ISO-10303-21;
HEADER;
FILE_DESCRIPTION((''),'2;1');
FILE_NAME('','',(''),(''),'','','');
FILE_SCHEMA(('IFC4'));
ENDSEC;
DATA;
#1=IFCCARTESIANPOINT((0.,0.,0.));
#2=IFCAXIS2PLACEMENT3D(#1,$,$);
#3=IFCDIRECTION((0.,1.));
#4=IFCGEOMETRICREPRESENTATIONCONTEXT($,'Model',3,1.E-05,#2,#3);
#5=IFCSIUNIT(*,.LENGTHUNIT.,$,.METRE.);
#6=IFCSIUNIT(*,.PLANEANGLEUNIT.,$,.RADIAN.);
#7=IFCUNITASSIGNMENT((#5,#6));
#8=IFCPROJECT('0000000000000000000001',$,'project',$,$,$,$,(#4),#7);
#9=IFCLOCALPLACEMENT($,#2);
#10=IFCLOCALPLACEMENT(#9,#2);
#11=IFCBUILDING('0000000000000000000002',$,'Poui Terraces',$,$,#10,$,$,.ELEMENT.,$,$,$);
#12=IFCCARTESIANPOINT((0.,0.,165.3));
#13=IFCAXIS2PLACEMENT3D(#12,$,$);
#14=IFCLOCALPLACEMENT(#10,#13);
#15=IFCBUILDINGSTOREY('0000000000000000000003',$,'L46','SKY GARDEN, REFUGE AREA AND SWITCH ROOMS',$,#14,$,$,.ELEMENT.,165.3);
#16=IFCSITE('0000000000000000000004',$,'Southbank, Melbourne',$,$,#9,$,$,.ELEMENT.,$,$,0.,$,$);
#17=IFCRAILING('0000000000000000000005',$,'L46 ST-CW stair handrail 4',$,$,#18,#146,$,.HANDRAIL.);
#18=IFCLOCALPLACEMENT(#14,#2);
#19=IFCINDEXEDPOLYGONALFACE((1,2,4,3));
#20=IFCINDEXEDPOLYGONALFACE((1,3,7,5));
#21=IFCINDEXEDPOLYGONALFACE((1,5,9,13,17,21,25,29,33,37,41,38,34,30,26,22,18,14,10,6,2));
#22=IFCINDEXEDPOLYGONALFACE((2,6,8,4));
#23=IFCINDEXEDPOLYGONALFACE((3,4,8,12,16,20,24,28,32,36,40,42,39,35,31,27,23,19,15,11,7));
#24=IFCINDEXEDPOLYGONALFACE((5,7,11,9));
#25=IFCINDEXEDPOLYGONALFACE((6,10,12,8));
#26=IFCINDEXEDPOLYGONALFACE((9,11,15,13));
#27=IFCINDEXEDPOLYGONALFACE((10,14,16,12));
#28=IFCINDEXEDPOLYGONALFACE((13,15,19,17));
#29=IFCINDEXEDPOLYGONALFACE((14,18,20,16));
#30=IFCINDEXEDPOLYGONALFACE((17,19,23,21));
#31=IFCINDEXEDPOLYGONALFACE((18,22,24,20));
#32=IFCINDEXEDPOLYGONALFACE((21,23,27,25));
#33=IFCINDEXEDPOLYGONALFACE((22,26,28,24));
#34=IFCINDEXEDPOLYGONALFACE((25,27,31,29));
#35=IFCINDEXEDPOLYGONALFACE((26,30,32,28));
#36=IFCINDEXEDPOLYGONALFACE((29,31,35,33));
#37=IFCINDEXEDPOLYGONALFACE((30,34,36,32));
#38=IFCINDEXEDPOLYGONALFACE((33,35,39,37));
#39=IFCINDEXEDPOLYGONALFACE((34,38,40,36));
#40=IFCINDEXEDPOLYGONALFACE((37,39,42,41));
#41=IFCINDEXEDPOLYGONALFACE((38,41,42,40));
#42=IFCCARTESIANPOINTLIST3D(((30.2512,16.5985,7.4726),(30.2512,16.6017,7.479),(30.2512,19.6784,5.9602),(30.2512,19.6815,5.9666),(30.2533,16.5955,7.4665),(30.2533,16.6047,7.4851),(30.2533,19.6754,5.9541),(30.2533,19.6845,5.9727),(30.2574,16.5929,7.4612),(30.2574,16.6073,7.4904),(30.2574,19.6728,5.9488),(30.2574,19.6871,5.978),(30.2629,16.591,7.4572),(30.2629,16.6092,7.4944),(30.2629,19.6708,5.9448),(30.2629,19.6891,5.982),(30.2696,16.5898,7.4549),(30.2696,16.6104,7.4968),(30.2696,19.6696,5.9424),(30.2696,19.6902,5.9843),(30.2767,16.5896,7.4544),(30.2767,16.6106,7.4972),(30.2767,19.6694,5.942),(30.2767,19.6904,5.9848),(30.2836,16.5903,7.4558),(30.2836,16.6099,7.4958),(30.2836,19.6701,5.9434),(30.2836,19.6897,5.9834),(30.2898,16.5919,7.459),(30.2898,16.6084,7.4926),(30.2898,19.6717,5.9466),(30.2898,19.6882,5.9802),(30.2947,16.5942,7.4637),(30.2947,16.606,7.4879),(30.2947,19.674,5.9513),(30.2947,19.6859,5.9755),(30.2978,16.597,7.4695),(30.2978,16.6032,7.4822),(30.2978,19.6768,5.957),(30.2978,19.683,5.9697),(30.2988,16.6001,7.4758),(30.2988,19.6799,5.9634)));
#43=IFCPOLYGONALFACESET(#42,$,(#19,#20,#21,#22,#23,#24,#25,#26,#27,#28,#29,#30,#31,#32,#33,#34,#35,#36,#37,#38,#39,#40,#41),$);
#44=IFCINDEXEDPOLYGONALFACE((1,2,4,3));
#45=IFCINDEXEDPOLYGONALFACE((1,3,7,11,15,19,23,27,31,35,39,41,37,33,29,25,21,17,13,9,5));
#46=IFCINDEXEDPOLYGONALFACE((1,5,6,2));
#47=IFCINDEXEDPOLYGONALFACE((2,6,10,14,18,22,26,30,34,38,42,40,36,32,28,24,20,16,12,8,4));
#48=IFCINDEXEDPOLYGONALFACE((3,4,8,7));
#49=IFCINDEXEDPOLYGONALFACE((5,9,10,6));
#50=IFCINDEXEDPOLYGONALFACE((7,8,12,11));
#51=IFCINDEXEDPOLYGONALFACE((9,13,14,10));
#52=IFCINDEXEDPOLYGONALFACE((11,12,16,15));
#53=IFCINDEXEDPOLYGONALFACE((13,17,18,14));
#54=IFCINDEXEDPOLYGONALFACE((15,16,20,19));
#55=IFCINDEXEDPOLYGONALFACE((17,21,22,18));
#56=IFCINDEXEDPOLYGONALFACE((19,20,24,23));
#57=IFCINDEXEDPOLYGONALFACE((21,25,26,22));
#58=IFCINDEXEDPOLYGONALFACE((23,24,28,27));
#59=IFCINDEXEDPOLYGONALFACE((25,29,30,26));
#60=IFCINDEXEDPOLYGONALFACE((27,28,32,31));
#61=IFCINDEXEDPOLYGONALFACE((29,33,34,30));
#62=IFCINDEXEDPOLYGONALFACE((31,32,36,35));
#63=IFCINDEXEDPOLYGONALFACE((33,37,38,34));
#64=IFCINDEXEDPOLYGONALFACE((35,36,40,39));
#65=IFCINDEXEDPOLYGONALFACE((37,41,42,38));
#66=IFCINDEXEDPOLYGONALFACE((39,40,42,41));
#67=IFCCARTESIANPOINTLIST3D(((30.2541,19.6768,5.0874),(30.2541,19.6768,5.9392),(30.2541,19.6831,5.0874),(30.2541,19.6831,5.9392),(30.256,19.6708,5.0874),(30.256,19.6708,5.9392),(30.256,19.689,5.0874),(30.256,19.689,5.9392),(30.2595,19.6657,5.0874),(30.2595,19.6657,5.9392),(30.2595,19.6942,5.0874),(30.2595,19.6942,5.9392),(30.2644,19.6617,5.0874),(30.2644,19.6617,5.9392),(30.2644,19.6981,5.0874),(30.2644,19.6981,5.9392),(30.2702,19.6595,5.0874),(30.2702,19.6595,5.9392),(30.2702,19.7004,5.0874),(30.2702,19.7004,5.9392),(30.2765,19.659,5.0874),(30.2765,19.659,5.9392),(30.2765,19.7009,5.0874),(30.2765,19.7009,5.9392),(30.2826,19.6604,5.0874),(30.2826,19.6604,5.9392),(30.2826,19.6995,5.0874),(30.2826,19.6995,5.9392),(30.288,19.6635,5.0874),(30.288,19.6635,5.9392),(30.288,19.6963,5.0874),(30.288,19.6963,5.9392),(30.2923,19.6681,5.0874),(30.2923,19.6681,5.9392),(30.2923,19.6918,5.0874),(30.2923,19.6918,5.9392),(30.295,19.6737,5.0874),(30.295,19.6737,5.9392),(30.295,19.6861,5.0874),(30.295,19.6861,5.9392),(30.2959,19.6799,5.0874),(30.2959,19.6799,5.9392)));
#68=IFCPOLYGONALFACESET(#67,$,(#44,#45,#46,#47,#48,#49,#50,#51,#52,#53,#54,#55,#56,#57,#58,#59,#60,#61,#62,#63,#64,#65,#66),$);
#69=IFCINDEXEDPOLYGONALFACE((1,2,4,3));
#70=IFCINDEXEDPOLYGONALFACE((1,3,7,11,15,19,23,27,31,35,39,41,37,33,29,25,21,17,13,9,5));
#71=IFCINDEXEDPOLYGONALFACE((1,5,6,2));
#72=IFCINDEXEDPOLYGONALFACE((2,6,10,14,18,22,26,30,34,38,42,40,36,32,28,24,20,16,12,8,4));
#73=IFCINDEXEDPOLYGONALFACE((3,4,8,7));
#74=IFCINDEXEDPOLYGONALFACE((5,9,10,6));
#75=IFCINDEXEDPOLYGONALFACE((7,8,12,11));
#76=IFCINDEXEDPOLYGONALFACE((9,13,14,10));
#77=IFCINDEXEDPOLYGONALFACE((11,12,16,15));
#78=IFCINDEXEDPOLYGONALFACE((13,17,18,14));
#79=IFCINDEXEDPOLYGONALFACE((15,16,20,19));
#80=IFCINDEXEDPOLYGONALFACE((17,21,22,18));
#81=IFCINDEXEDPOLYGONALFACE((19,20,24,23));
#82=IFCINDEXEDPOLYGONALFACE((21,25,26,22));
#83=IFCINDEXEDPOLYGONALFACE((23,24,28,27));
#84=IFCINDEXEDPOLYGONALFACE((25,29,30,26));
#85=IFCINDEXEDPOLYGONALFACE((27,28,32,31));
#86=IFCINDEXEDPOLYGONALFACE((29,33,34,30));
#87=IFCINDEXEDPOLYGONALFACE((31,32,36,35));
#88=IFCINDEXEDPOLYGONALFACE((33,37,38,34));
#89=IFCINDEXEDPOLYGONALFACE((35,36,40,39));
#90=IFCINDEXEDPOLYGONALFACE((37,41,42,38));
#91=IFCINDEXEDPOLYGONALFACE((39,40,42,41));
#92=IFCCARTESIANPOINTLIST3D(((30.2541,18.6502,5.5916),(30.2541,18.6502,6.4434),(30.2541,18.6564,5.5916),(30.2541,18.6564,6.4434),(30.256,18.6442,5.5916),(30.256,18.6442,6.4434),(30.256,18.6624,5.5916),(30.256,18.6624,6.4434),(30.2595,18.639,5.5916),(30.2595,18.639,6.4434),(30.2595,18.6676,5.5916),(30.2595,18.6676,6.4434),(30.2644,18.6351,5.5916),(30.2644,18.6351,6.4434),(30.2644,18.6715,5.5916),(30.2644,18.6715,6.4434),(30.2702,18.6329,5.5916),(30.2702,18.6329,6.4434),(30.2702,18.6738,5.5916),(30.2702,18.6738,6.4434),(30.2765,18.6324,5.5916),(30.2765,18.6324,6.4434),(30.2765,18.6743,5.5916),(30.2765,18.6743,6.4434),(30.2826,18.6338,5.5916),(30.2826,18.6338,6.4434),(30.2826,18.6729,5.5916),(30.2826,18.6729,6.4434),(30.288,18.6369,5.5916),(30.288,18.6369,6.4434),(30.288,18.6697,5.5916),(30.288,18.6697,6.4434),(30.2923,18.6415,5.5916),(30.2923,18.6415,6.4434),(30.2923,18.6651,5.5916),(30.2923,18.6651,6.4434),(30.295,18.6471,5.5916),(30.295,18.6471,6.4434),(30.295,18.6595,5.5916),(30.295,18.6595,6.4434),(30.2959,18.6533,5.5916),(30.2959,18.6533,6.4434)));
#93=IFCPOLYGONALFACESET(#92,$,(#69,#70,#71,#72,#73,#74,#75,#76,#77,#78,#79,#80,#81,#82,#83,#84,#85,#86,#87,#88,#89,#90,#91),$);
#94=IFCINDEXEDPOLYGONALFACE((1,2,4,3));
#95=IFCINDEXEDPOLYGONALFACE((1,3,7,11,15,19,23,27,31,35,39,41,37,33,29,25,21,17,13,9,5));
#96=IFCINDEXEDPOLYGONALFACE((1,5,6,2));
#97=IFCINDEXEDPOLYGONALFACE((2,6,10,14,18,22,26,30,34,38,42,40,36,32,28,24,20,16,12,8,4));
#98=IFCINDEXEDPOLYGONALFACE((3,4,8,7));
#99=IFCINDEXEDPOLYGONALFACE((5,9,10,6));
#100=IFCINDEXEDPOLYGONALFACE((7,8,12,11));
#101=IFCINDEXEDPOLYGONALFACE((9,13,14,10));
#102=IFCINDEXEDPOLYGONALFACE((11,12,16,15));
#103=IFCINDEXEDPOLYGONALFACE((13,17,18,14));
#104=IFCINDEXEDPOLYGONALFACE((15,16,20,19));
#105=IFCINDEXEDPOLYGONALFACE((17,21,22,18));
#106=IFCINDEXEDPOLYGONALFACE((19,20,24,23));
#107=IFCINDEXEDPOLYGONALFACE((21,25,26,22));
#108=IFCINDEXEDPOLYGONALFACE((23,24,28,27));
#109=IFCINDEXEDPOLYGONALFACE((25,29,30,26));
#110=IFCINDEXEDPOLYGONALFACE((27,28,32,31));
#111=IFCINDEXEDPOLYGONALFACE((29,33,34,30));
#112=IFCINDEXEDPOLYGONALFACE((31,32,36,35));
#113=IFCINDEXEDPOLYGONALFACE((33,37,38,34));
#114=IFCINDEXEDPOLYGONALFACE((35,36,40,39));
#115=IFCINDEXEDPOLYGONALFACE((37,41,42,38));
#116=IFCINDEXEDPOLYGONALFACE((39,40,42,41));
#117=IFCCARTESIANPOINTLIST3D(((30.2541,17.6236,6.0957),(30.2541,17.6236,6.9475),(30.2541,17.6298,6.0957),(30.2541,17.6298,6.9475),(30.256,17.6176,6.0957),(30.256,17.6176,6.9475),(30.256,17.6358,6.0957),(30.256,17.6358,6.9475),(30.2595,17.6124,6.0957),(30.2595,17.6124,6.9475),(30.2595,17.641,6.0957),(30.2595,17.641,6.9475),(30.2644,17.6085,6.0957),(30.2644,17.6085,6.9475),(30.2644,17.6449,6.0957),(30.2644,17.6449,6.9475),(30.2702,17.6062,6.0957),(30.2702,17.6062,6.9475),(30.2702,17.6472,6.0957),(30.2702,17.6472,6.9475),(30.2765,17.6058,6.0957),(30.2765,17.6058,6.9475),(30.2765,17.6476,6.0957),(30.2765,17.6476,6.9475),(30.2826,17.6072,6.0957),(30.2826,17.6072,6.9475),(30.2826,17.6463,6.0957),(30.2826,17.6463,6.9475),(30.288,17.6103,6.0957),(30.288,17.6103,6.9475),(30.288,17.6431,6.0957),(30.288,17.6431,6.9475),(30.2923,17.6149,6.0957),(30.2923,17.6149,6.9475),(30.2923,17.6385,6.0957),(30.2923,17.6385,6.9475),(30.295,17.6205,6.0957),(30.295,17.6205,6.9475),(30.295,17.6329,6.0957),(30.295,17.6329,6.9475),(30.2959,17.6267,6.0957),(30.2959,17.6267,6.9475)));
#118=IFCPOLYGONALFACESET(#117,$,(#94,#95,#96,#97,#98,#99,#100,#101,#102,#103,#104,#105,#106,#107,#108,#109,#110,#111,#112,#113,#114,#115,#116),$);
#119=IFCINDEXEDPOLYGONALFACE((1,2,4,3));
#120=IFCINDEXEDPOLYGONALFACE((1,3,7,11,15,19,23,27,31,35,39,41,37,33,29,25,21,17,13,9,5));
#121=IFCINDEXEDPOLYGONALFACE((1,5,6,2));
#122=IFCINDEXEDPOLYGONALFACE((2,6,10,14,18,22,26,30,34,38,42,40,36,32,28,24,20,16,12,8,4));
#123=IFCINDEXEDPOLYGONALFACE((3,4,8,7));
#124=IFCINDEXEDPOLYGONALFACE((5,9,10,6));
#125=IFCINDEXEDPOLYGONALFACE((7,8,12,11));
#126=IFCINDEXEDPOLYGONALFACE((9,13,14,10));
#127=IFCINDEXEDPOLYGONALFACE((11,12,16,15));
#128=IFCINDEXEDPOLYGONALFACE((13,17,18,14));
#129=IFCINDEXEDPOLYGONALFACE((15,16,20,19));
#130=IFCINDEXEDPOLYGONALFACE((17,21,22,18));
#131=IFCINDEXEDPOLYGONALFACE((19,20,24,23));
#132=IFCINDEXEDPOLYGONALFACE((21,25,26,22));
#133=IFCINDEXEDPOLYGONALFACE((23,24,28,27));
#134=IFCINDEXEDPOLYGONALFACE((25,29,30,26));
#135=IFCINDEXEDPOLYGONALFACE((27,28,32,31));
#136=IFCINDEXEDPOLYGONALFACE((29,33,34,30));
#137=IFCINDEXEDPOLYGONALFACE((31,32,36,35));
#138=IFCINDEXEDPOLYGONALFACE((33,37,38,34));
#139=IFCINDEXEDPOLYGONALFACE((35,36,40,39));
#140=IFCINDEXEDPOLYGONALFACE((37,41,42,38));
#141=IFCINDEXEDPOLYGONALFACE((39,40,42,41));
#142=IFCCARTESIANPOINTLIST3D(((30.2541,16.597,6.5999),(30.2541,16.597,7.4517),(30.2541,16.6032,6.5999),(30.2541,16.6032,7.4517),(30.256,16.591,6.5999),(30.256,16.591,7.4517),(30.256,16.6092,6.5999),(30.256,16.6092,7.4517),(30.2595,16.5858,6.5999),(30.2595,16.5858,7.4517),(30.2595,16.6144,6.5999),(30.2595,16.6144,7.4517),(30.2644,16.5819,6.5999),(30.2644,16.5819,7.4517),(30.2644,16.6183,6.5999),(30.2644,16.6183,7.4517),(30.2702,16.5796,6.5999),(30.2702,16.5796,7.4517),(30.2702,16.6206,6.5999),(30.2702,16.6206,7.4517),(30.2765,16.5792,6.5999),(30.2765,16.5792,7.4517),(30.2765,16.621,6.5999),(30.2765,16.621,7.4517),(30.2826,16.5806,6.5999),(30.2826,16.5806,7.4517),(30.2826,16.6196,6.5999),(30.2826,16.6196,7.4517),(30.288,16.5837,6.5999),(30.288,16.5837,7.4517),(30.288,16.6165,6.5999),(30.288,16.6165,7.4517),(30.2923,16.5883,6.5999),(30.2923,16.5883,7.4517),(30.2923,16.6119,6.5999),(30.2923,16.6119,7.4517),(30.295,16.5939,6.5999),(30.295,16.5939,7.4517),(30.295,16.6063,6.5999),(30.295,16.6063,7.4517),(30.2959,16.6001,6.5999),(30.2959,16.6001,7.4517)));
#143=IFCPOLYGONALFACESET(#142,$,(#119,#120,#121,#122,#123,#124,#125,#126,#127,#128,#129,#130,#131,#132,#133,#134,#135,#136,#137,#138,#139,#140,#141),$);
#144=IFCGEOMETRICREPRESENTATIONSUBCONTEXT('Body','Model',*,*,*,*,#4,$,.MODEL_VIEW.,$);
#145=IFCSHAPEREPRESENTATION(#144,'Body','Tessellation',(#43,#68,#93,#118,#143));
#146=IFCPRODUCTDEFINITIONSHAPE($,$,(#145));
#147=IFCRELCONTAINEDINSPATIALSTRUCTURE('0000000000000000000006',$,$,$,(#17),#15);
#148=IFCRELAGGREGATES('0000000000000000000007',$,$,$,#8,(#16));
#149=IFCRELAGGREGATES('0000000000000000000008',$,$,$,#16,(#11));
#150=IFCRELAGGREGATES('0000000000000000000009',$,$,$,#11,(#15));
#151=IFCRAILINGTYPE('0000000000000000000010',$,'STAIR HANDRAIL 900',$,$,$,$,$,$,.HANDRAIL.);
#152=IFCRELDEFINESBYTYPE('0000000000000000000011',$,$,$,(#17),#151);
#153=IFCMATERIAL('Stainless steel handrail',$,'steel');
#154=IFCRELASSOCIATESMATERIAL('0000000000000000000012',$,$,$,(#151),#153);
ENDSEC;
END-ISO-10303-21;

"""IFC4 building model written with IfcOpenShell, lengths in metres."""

from ifc_helpers import new_model, si_unit, direction, frame, origin, origin_2d, place, context, subcontext, project, spatial, circle, extrude, material, type_object, element, save


model = new_model("IFC4")

# Units and contexts
model_context = context("Model", 3, precision=1e-05, world=origin(), true_north=direction((0.0, 1.0)))
body_context = subcontext(model_context, "Body", "Model", "MODEL_VIEW")
ifc_project = project(units=[si_unit("LENGTHUNIT", "METRE"), si_unit("PLANEANGLEUNIT", "RADIAN")], contexts=[model_context])

# Site, building, storey
site_placement = place(None, origin())
site = spatial("IfcSite", under=ifc_project, at=site_placement, Name="Southbank, Melbourne", CompositionType="ELEMENT", RefElevation=0.0)
building_placement = place(site_placement, origin())
building = spatial("IfcBuilding", under=site, at=building_placement, Name="Poui Terraces", CompositionType="ELEMENT")
storey_placement = place(building_placement, frame((0.0, 0.0, 165.3)))
storey = spatial("IfcBuildingStorey", under=building, at=storey_placement, Name="L46", Description="SKY GARDEN, REFUGE AREA AND SWITCH ROOMS", CompositionType="ELEMENT", Elevation=165.3)

# Railing
ifc_material_1 = material(Name="Stainless steel handrail", Category="steel")
railing_type_1 = type_object("IfcRailingType", Name="STAIR HANDRAIL 900", PredefinedType="HANDRAIL", material=ifc_material_1)
railing_1_placement = place(storey_placement, frame((30.2749, 19.6799, 5.0874)))
element("IfcRailing", 1, at=railing_1_placement, inside=storey, type_object=railing_type_1, Name="L46 ST-CW stair handrail 4", PredefinedType="HANDRAIL", context=body_context, shape_type="SweptSolid", body=[
    extrude(circle(Radius=0.0239, at=origin_2d()), frame((0.0, 0.0, 0.876), z_axis=(0.0, -0.897606, 0.440798), x_axis=(1.0, 0.0, 0.0)), (0.0, 0.0, 1.0), 3.4312),
    extrude(circle(Radius=0.021, at=origin_2d()), origin(), (0.0, 0.0, 1.0), 0.8518),
    extrude(circle(Radius=0.021, at=origin_2d()), frame((0.0, -1.0266, 0.5042)), (0.0, 0.0, 1.0), 0.8518),
    extrude(circle(Radius=0.021, at=origin_2d()), frame((0.0, -2.0532, 1.0083)), (0.0, 0.0, 1.0), 0.8518),
    extrude(circle(Radius=0.021, at=origin_2d()), frame((0.0, -3.0798, 1.5125)), (0.0, 0.0, 1.0), 0.8518),
])

save(model, "model.ifc")
